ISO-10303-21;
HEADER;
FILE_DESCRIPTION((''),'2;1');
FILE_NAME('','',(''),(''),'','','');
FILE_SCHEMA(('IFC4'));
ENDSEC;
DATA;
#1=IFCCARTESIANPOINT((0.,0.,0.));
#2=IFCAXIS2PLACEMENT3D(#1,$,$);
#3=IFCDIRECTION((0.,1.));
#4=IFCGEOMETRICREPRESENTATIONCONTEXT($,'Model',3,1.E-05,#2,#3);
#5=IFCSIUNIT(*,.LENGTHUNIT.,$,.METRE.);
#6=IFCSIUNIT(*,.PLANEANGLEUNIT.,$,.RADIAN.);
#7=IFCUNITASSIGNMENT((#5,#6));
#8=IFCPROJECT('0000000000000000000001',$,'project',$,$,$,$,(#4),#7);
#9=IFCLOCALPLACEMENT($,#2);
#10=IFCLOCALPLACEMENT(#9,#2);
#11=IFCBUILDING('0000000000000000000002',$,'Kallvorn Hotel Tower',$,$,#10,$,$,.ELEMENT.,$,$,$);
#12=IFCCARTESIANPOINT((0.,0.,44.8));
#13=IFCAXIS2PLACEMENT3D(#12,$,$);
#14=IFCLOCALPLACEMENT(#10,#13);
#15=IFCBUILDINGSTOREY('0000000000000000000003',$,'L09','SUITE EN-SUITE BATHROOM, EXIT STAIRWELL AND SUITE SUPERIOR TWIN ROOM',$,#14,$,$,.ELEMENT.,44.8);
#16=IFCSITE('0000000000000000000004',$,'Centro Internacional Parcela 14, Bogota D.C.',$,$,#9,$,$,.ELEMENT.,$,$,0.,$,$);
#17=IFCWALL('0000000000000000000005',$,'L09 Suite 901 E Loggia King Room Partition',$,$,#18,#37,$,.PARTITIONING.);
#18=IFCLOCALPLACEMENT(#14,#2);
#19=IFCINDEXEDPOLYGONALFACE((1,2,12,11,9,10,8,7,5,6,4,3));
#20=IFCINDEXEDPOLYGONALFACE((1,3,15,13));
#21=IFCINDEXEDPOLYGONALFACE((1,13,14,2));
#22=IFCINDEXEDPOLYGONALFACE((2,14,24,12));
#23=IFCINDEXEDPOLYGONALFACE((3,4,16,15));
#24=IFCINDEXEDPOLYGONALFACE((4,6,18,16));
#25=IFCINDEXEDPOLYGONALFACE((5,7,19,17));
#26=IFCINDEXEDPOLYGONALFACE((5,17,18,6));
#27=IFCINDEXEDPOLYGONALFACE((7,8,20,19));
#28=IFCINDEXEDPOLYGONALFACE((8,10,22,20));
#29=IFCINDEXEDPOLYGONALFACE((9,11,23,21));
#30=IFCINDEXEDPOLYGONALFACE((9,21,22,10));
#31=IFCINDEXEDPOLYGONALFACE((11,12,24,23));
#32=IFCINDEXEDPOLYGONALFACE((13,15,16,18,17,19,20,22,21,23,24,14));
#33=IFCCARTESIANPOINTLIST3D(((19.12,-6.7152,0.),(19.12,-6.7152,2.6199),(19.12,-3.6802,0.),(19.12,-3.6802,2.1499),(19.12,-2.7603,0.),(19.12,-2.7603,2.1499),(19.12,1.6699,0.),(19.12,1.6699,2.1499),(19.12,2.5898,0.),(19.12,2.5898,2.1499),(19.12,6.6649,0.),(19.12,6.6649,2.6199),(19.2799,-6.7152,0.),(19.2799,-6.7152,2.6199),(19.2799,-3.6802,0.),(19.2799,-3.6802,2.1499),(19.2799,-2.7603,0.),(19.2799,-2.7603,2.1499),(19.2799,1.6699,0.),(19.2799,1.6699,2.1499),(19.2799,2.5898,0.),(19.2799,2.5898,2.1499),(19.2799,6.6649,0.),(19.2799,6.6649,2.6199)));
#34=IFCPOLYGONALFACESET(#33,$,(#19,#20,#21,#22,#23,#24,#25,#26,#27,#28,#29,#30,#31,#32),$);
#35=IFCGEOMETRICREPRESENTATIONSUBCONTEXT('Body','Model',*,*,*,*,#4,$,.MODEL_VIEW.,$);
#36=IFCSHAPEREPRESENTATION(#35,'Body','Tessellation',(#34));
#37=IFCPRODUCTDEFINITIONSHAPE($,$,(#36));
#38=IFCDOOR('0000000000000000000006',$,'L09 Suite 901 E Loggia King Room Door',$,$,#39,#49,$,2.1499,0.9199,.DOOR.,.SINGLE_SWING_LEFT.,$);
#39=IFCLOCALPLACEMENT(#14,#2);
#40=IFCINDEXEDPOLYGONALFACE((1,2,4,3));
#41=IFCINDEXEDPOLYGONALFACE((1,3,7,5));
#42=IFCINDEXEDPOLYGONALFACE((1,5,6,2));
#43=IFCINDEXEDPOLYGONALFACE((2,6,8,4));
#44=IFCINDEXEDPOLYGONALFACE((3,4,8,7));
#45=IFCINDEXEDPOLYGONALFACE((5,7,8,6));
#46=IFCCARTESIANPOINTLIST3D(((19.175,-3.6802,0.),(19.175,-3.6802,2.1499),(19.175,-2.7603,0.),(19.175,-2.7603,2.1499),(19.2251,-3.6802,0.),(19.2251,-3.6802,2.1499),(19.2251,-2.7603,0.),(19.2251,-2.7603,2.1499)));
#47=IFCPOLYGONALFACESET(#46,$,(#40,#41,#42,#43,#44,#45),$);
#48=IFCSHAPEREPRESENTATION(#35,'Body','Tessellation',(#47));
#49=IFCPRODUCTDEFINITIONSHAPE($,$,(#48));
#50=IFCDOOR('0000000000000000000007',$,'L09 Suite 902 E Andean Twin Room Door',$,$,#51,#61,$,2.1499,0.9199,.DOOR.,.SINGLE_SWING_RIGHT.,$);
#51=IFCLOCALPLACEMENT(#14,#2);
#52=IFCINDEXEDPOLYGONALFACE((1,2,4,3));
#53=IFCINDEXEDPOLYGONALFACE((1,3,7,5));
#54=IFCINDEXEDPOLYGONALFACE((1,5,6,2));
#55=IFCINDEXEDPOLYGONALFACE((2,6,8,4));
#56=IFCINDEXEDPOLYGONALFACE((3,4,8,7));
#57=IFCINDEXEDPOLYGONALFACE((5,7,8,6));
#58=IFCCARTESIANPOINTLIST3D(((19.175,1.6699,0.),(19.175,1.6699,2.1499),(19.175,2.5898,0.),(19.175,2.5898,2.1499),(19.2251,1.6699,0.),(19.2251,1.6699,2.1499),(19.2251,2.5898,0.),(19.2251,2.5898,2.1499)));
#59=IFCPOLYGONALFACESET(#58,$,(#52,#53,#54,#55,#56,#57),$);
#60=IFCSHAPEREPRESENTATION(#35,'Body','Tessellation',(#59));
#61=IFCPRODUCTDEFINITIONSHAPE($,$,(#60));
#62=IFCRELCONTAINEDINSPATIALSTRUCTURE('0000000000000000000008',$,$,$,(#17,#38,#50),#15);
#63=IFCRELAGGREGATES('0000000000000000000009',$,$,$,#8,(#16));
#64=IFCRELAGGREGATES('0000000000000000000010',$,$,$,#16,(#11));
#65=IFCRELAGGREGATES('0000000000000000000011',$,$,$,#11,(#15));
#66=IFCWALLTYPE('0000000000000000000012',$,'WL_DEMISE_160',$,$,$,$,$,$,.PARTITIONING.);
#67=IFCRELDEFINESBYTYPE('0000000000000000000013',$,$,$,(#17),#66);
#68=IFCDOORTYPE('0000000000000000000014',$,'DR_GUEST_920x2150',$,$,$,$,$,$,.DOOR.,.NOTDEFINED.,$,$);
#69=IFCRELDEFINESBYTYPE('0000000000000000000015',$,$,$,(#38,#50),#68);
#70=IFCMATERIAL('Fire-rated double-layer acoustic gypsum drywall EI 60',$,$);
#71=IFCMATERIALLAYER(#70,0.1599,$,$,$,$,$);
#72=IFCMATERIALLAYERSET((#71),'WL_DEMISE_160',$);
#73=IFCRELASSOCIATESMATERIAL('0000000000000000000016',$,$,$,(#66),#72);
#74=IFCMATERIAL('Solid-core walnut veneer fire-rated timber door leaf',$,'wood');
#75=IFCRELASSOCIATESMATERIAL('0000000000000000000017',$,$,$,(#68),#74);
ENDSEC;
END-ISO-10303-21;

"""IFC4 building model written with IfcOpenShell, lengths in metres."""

from ifc_helpers import new_model, si_unit, direction, frame, frame_2d, origin, place, context, subcontext, project, spatial, rectangle, extrude, material, layer, layer_set, type_object, element, fill, save


model = new_model("IFC4")

# Units and contexts
model_context = context("Model", 3, precision=1e-05, world=origin(), true_north=direction((0.0, 1.0)))
body_context = subcontext(model_context, "Body", "Model", "MODEL_VIEW")
ifc_project = project(units=[si_unit("LENGTHUNIT", "METRE"), si_unit("PLANEANGLEUNIT", "RADIAN")], contexts=[model_context])

# Site, building, storey
site_placement = place(None, origin())
site = spatial("IfcSite", under=ifc_project, at=site_placement, Name="Centro Internacional Parcela 14, Bogota D.C.", CompositionType="ELEMENT", RefElevation=0.0)
building_placement = place(site_placement, origin())
building = spatial("IfcBuilding", under=site, at=building_placement, Name="Kallvorn Hotel Tower", CompositionType="ELEMENT")
storey_placement = place(building_placement, frame((0.0, 0.0, 44.8)))
storey = spatial("IfcBuildingStorey", under=building, at=storey_placement, Name="L09", Description="SUITE EN-SUITE BATHROOM, EXIT STAIRWELL AND SUITE SUPERIOR TWIN ROOM", CompositionType="ELEMENT", Elevation=44.8)

# Shared definitions
ifc_material_1 = material(Name="Fire-rated double-layer acoustic gypsum drywall EI 60")
ifc_layer = layer(ifc_material_1, 0.1599)
ifc_layer_set = layer_set([ifc_layer], Name="WL_DEMISE_160")
wall_type = type_object("IfcWallType", Name="WL_DEMISE_160", PredefinedType="PARTITIONING", material=ifc_layer_set)

# Wall, openings, doors
wall_1_placement = place(storey_placement, frame((19.2, -6.7151, 0.0), z_axis=(0.0, 0.0, 1.0), x_axis=(0.0, 1.0, 0.0)))
wall_1 = element("IfcWall", 1, at=wall_1_placement, inside=storey, type_object=wall_type, Name="L09 Suite 901 E Loggia King Room Partition", PredefinedType="PARTITIONING", context=body_context, shape_type="SweptSolid", body=[
    extrude(rectangle(XDim=13.3801, YDim=0.1599, at=frame_2d((6.6899, 0.0))), origin(), (0.0, 0.0, 1.0), 2.6199),
])
opening_1_placement = place(wall_1_placement, frame((3.0349, 0.0, 0.0)))
opening_1 = element("IfcOpeningElement", 2, at=opening_1_placement, cuts=wall_1, PredefinedType="OPENING", context=body_context, shape_type="SweptSolid", body=[
    extrude(rectangle(XDim=0.9199, YDim=2.1499, at=frame_2d((0.46, 1.075))), frame((0.0, 0.095, 0.0), z_axis=(0.0, -1.0, 0.0), x_axis=(1.0, 0.0, 0.0)), (0.0, 0.0, 1.0), 0.1899),
])
opening_2_placement = place(wall_1_placement, frame((8.385, 0.0, 0.0)))
opening_2 = element("IfcOpeningElement", 3, at=opening_2_placement, cuts=wall_1, PredefinedType="OPENING", context=body_context, shape_type="SweptSolid", body=[
    extrude(rectangle(XDim=0.9199, YDim=2.1499, at=frame_2d((0.46, 1.075))), frame((0.0, 0.095, 0.0), z_axis=(0.0, -1.0, 0.0), x_axis=(1.0, 0.0, 0.0)), (0.0, 0.0, 1.0), 0.1899),
])
ifc_material_2 = material(Name="Solid-core walnut veneer fire-rated timber door leaf", Category="wood")
door_type_1 = type_object("IfcDoorType", Name="DR_GUEST_920x2150", OperationType="NOTDEFINED", PredefinedType="DOOR", material=ifc_material_2)
door_1_placement = place(opening_1_placement, origin())
door_1 = element("IfcDoor", 4, at=door_1_placement, inside=storey, type_object=door_type_1, Name="L09 Suite 901 E Loggia King Room Door", OperationType="SINGLE_SWING_LEFT", OverallHeight=2.1499, OverallWidth=0.9199, PredefinedType="DOOR", context=body_context, shape_type="SweptSolid", body=[
    extrude(rectangle(XDim=0.9199, YDim=2.1499, at=frame_2d((0.46, 1.075))), frame((0.0, 0.0249, 0.0), z_axis=(0.0, -1.0, 0.0), x_axis=(1.0, 0.0, 0.0)), (0.0, 0.0, 1.0), 0.05),
])
fill(opening_1, door_1)
door_2_placement = place(opening_2_placement, origin())
door_2 = element("IfcDoor", 5, at=door_2_placement, inside=storey, type_object=door_type_1, Name="L09 Suite 902 E Andean Twin Room Door", OperationType="SINGLE_SWING_RIGHT", OverallHeight=2.1499, OverallWidth=0.9199, PredefinedType="DOOR", context=body_context, shape_type="SweptSolid", body=[
    extrude(rectangle(XDim=0.9199, YDim=2.1499, at=frame_2d((0.46, 1.075))), frame((0.0, 0.0249, 0.0), z_axis=(0.0, -1.0, 0.0), x_axis=(1.0, 0.0, 0.0)), (0.0, 0.0, 1.0), 0.05),
])
fill(opening_2, door_2)

save(model, "model.ifc")
